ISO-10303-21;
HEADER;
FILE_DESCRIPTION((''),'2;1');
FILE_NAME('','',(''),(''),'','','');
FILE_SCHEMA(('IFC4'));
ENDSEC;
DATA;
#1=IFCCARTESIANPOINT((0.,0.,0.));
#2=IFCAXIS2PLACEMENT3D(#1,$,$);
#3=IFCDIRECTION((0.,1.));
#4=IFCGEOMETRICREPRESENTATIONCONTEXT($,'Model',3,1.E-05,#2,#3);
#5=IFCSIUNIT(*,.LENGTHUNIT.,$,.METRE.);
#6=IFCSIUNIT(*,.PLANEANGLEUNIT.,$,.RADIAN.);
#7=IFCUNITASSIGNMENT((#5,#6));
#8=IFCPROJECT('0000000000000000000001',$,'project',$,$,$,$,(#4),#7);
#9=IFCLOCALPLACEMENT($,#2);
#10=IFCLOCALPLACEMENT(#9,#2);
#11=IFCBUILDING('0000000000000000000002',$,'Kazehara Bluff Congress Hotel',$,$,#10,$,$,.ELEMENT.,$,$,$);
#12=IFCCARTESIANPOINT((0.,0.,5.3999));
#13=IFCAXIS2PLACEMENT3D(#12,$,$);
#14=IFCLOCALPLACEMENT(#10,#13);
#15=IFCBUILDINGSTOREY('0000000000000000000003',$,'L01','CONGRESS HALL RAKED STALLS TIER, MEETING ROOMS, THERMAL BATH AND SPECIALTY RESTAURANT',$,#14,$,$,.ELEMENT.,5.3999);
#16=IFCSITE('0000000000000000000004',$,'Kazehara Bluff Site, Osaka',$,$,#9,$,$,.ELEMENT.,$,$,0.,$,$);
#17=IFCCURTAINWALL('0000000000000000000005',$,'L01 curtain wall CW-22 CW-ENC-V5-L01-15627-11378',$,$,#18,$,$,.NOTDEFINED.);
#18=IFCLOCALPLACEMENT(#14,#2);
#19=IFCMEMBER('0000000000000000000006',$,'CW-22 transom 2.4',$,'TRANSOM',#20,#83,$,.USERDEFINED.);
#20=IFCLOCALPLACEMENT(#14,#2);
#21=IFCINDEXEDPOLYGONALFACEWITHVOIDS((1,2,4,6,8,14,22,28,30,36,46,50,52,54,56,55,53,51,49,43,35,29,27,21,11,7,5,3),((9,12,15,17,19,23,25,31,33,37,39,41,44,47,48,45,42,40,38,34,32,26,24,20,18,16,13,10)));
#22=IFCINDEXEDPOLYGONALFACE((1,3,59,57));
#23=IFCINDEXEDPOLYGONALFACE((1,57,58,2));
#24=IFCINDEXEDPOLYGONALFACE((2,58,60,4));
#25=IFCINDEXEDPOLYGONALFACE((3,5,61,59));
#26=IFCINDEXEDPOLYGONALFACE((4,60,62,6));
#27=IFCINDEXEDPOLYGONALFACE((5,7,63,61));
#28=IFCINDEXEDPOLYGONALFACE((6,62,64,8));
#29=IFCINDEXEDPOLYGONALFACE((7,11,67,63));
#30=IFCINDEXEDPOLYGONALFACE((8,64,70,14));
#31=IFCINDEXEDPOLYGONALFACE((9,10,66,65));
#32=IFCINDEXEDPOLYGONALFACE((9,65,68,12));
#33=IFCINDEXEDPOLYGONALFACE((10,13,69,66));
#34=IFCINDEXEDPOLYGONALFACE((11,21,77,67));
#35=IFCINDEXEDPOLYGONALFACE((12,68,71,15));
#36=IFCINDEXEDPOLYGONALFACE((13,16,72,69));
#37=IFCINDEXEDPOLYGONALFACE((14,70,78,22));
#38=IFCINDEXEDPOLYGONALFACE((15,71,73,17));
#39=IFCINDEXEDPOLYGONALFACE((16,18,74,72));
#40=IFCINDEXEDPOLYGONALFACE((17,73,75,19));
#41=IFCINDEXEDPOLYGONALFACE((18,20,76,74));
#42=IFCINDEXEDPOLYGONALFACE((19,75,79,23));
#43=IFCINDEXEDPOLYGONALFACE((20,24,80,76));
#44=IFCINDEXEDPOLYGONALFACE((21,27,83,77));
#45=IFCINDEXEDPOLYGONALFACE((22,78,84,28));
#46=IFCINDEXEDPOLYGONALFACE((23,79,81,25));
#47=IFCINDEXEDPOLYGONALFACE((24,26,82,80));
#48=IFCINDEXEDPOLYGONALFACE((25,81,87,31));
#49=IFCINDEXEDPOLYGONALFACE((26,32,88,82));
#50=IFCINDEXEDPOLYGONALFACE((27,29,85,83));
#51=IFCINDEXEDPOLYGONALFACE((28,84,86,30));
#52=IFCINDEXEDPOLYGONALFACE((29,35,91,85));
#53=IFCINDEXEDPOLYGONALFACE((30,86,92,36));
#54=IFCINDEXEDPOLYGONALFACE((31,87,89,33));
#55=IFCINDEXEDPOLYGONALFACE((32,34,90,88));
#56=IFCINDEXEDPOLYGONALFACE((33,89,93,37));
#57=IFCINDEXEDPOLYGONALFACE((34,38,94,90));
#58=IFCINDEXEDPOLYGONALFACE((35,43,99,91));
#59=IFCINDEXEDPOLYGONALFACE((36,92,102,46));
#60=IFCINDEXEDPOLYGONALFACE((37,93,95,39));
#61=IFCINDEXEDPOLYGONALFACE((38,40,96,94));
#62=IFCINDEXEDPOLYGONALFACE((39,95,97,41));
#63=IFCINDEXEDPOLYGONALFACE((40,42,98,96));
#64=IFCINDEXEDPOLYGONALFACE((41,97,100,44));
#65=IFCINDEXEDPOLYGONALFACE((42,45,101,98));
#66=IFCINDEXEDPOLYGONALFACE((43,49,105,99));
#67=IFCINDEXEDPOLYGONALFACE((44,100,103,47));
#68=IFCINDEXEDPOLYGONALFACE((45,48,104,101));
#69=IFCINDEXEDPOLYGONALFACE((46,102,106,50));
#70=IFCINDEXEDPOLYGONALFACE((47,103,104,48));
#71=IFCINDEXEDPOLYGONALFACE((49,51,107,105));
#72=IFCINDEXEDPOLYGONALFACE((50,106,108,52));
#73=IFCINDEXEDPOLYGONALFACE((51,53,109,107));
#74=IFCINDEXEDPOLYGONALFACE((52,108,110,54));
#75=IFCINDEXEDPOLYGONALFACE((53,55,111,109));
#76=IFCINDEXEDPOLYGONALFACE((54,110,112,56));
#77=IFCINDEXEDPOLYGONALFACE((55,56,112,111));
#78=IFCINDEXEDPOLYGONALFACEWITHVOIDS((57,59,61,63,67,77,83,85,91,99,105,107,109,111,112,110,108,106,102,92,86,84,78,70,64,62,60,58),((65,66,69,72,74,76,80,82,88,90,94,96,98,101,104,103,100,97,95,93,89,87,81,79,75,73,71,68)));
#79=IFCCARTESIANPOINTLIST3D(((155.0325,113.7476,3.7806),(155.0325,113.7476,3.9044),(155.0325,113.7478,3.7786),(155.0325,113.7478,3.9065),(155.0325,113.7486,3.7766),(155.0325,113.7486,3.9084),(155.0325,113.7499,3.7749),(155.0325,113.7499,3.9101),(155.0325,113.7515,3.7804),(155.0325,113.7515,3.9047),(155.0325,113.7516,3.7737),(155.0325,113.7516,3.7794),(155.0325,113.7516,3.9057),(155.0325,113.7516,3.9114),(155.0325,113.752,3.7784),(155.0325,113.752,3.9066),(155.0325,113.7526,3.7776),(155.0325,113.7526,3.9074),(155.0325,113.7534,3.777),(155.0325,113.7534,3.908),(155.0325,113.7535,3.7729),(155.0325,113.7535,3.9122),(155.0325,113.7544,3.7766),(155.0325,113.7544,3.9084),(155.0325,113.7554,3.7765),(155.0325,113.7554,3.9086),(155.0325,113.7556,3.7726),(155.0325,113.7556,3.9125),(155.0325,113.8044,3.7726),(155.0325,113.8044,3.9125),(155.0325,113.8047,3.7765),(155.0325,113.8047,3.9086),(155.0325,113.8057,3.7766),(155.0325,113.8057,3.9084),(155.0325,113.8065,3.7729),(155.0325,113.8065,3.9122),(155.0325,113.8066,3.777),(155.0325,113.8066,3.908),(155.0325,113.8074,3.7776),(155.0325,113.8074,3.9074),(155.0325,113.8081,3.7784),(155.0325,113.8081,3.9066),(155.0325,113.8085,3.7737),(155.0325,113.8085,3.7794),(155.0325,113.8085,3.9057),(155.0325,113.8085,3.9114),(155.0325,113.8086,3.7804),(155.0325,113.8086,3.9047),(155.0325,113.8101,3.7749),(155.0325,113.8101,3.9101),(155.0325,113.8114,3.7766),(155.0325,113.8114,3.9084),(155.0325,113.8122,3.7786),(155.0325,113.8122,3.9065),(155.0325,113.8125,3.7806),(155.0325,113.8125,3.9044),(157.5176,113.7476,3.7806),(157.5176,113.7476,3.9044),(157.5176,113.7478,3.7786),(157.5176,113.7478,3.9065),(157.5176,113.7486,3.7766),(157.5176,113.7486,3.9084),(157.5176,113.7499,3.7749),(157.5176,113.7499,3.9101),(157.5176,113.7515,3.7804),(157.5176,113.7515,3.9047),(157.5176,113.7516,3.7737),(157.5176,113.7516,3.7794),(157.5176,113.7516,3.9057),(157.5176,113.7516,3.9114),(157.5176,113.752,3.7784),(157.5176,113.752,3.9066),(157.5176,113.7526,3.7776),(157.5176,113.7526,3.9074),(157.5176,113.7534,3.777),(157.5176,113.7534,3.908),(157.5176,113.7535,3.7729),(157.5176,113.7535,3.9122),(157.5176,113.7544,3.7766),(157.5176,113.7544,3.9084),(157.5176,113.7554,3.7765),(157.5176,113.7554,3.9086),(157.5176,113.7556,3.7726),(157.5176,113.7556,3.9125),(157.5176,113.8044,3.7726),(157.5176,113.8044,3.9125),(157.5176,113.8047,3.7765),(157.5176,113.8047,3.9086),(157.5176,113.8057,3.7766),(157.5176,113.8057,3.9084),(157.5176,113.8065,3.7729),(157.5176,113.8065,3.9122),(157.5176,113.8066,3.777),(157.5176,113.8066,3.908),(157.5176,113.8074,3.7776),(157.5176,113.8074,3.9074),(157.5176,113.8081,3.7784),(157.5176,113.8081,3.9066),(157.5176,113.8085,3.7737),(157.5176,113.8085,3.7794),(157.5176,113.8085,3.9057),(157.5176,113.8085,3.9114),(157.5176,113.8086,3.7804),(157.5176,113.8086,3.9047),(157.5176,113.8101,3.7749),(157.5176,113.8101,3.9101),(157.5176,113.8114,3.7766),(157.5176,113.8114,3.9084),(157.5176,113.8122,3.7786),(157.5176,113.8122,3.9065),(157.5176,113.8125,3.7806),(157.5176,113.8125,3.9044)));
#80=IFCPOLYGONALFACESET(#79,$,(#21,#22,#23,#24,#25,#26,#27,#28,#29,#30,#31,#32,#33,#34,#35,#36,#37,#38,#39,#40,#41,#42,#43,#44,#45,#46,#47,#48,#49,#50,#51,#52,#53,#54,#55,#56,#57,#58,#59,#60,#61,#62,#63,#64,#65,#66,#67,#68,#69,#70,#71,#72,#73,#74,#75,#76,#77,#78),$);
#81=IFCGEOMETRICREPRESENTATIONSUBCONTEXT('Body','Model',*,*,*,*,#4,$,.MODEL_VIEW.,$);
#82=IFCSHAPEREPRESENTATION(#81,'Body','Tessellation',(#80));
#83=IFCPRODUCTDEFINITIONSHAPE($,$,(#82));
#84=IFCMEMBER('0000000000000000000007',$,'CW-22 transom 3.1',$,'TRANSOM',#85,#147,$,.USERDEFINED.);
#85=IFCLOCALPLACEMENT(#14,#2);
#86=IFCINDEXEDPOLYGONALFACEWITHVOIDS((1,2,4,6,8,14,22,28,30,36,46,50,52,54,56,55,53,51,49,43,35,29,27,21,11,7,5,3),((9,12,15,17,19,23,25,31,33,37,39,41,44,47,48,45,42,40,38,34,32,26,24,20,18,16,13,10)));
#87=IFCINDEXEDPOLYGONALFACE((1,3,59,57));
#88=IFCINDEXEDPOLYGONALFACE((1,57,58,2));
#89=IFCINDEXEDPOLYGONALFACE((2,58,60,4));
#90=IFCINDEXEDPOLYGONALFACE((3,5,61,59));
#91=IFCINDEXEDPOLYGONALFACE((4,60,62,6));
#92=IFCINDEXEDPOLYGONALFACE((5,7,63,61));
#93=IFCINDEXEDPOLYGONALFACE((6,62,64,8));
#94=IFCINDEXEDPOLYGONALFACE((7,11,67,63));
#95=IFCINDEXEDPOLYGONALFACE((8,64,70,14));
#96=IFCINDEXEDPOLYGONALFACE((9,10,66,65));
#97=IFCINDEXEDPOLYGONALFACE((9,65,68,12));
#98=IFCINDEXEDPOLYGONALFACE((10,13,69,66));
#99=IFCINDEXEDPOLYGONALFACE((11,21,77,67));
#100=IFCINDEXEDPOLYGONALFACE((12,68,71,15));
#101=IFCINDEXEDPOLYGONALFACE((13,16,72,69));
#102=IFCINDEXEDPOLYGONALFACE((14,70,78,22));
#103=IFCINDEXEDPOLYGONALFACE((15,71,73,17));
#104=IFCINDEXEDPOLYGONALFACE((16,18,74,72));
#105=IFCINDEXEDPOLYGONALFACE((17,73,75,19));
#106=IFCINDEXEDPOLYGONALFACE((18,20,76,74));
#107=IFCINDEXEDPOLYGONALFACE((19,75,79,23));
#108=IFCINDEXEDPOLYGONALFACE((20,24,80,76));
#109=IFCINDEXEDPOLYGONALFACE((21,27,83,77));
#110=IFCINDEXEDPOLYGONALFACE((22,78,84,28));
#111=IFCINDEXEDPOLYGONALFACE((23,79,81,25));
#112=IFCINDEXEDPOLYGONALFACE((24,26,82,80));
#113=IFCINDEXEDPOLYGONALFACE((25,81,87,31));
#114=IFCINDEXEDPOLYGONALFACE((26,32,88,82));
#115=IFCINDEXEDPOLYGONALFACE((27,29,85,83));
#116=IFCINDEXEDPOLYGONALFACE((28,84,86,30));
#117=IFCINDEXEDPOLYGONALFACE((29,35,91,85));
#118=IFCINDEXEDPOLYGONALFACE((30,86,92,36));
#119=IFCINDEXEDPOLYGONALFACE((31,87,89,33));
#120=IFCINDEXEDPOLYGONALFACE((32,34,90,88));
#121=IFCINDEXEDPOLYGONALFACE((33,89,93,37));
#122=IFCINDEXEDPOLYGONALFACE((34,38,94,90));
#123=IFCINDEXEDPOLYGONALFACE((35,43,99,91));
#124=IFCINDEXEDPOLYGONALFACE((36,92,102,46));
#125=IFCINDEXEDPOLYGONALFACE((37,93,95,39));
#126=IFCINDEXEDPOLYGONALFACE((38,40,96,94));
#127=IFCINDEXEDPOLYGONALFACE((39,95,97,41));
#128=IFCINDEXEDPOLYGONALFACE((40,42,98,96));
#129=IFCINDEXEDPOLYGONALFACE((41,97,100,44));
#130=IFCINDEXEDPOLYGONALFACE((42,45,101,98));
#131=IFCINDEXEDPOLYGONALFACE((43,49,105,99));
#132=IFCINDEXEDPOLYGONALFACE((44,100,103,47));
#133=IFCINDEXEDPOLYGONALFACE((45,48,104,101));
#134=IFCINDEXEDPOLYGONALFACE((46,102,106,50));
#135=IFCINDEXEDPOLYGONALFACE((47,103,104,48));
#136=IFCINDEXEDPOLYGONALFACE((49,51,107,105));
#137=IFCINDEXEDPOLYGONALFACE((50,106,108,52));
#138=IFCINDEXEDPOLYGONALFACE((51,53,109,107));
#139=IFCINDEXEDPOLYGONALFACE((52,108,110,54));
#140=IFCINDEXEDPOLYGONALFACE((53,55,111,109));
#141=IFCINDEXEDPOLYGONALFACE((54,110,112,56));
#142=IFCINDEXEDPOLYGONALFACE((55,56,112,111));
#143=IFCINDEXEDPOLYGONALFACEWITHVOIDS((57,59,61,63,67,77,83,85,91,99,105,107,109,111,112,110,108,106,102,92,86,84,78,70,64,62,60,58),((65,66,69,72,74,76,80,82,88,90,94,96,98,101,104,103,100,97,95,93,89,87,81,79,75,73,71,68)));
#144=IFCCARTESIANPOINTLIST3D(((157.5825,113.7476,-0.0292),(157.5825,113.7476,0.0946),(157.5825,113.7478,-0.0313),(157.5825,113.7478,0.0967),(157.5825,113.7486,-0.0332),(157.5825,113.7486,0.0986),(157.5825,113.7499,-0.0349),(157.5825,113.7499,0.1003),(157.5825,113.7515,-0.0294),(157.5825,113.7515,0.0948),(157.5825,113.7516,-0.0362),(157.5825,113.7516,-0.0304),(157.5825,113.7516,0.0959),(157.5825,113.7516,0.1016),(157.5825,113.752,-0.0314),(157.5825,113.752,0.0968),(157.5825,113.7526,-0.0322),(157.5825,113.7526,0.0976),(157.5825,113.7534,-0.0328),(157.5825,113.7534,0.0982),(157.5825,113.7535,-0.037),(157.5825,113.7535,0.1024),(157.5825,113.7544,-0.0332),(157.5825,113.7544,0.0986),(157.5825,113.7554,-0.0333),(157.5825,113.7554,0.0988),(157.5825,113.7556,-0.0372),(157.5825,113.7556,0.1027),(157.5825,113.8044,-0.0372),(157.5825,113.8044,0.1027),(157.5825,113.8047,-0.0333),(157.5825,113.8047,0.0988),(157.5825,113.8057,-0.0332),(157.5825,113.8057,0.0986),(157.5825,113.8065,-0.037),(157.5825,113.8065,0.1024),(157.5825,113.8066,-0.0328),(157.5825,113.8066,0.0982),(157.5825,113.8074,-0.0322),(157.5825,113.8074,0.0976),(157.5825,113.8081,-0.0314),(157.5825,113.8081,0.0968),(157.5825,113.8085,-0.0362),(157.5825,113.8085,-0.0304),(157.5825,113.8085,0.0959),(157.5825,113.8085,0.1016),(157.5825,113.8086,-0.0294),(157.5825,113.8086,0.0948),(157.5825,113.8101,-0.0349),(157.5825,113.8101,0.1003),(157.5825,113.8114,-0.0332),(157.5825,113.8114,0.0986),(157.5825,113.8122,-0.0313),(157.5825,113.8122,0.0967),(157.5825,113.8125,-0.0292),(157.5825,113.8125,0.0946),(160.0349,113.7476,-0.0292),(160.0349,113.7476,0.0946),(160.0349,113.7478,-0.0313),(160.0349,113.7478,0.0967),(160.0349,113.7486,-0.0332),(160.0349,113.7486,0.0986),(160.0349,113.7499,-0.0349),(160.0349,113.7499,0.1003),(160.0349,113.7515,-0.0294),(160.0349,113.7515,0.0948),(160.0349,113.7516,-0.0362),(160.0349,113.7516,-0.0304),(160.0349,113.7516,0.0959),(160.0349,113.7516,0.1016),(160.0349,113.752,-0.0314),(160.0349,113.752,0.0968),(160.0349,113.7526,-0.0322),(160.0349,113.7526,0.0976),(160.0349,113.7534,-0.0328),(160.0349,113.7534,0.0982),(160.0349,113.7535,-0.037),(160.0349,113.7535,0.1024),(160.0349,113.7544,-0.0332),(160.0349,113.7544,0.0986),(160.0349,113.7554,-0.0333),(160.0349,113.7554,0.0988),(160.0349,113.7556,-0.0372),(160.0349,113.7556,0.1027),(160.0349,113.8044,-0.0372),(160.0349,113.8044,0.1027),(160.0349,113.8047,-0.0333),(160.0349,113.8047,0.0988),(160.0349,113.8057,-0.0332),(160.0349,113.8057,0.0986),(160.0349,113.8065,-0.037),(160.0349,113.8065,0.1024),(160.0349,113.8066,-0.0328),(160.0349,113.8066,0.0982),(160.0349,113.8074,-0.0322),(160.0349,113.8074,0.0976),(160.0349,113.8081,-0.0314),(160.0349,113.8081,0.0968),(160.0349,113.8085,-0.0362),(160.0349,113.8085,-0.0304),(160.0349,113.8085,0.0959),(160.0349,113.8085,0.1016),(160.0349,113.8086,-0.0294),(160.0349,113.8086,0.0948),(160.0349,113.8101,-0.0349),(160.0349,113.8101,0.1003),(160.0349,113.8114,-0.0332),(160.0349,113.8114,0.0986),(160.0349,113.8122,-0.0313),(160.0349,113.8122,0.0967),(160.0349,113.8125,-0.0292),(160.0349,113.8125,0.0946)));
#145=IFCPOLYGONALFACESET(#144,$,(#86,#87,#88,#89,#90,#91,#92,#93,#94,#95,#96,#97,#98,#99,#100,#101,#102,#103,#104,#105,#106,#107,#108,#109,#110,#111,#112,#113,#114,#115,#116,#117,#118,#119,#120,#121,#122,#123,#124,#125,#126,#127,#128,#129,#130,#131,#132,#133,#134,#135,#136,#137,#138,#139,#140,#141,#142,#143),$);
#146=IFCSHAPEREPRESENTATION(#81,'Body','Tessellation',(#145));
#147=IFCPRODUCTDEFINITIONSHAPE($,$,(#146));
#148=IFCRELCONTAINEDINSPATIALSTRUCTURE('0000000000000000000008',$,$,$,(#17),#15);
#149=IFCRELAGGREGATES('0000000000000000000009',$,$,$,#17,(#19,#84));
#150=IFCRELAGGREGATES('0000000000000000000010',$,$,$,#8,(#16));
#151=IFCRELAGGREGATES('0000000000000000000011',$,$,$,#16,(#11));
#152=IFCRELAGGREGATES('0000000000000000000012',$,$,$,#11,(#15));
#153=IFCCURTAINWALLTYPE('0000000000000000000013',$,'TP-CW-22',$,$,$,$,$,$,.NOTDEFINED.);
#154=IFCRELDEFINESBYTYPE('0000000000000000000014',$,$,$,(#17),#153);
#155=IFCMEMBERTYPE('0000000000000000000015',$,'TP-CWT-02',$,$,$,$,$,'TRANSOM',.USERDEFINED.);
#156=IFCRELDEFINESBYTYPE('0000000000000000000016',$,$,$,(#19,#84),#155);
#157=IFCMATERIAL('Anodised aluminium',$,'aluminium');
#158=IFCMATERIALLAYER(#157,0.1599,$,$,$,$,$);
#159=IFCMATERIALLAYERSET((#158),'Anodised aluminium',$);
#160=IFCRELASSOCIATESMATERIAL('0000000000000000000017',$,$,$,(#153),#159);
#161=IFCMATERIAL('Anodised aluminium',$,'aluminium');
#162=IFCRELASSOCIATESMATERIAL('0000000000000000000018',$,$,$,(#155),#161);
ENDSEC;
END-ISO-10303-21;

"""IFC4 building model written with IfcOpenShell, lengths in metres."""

from ifc_helpers import new_model, si_unit, direction, frame, origin, origin_2d, place, context, subcontext, project, spatial, hollow_rectangle, extrude, material, layer, layer_set, material_profile, profile_set, type_object, element, aggregate, save


model = new_model("IFC4")

# Units and contexts
model_context = context("Model", 3, precision=1e-05, world=origin(), true_north=direction((0.0, 1.0)))
body_context = subcontext(model_context, "Body", "Model", "MODEL_VIEW")
ifc_project = project(units=[si_unit("LENGTHUNIT", "METRE"), si_unit("PLANEANGLEUNIT", "RADIAN")], contexts=[model_context])

# Site, building, storey
site_placement = place(None, origin())
site = spatial("IfcSite", under=ifc_project, at=site_placement, Name="Kazehara Bluff Site, Osaka", CompositionType="ELEMENT", RefElevation=0.0)
building_placement = place(site_placement, origin())
building = spatial("IfcBuilding", under=site, at=building_placement, Name="Kazehara Bluff Congress Hotel", CompositionType="ELEMENT")
storey_placement = place(building_placement, frame((0.0, 0.0, 5.3999)))
storey = spatial("IfcBuildingStorey", under=building, at=storey_placement, Name="L01", Description="CONGRESS HALL RAKED STALLS TIER, MEETING ROOMS, THERMAL BATH AND SPECIALTY RESTAURANT", CompositionType="ELEMENT", Elevation=5.3999)

# Curtain wall
ifc_material_1 = material(Name="Anodised aluminium", Category="aluminium")
ifc_layer_1 = layer(ifc_material_1, 0.1599)
ifc_layer_set_1 = layer_set([ifc_layer_1], Name="Anodised aluminium")
curtain_wall_type_1 = type_object("IfcCurtainWallType", Name="TP-CW-22", PredefinedType="NOTDEFINED", material=ifc_layer_set_1)
curtain_wall_1_placement = place(storey_placement, origin())
curtain_wall_1 = element("IfcCurtainWall", 1, at=curtain_wall_1_placement, inside=storey, type_object=curtain_wall_type_1, Name="L01 curtain wall CW-22 CW-ENC-V5-L01-15627-11378", PredefinedType="NOTDEFINED")

# Members
ifc_material_2 = material(Name="Anodised aluminium", Category="aluminium")
ifc_material_profile_1 = material_profile(ifc_material_2, hollow_rectangle(XDim=0.0649, YDim=0.1399, WallThickness=0.0039, InnerFilletRadius=0.0039, OuterFilletRadius=0.0081, at=origin_2d()))
ifc_profile_set_1 = profile_set([ifc_material_profile_1], Name="Anodised aluminium")
member_type_1 = type_object("IfcMemberType", Name="TP-CWT-02", ElementType="TRANSOM", PredefinedType="USERDEFINED", material=ifc_profile_set_1)
member_1_placement = place(storey_placement, frame((155.0325, 113.78, 3.8425), z_axis=(1.0, 0.0, 0.0), x_axis=(0.0, 1.0, 0.0)))
member_1 = element("IfcMember", 2, at=member_1_placement, type_object=member_type_1, Name="CW-22 transom 2.4", ObjectType="TRANSOM", PredefinedType="USERDEFINED", context=body_context, shape_type="SweptSolid", body=[
    extrude(hollow_rectangle(XDim=0.0649, YDim=0.1399, WallThickness=0.0039, InnerFilletRadius=0.0039, OuterFilletRadius=0.0081, at=origin_2d()), origin(), (0.0, 0.0, 1.0), 2.4851),
])
member_2_placement = place(storey_placement, frame((157.5825, 113.78, 0.0327), z_axis=(1.0, 0.0, 0.0), x_axis=(0.0, 1.0, 0.0)))
member_2 = element("IfcMember", 3, at=member_2_placement, type_object=member_type_1, Name="CW-22 transom 3.1", ObjectType="TRANSOM", PredefinedType="USERDEFINED", context=body_context, shape_type="SweptSolid", body=[
    extrude(hollow_rectangle(XDim=0.0649, YDim=0.1399, WallThickness=0.0039, InnerFilletRadius=0.0039, OuterFilletRadius=0.0081, at=origin_2d()), origin(), (0.0, 0.0, 1.0), 2.4524),
])

aggregate(curtain_wall_1, [member_1, member_2])

save(model, "model.ifc")
